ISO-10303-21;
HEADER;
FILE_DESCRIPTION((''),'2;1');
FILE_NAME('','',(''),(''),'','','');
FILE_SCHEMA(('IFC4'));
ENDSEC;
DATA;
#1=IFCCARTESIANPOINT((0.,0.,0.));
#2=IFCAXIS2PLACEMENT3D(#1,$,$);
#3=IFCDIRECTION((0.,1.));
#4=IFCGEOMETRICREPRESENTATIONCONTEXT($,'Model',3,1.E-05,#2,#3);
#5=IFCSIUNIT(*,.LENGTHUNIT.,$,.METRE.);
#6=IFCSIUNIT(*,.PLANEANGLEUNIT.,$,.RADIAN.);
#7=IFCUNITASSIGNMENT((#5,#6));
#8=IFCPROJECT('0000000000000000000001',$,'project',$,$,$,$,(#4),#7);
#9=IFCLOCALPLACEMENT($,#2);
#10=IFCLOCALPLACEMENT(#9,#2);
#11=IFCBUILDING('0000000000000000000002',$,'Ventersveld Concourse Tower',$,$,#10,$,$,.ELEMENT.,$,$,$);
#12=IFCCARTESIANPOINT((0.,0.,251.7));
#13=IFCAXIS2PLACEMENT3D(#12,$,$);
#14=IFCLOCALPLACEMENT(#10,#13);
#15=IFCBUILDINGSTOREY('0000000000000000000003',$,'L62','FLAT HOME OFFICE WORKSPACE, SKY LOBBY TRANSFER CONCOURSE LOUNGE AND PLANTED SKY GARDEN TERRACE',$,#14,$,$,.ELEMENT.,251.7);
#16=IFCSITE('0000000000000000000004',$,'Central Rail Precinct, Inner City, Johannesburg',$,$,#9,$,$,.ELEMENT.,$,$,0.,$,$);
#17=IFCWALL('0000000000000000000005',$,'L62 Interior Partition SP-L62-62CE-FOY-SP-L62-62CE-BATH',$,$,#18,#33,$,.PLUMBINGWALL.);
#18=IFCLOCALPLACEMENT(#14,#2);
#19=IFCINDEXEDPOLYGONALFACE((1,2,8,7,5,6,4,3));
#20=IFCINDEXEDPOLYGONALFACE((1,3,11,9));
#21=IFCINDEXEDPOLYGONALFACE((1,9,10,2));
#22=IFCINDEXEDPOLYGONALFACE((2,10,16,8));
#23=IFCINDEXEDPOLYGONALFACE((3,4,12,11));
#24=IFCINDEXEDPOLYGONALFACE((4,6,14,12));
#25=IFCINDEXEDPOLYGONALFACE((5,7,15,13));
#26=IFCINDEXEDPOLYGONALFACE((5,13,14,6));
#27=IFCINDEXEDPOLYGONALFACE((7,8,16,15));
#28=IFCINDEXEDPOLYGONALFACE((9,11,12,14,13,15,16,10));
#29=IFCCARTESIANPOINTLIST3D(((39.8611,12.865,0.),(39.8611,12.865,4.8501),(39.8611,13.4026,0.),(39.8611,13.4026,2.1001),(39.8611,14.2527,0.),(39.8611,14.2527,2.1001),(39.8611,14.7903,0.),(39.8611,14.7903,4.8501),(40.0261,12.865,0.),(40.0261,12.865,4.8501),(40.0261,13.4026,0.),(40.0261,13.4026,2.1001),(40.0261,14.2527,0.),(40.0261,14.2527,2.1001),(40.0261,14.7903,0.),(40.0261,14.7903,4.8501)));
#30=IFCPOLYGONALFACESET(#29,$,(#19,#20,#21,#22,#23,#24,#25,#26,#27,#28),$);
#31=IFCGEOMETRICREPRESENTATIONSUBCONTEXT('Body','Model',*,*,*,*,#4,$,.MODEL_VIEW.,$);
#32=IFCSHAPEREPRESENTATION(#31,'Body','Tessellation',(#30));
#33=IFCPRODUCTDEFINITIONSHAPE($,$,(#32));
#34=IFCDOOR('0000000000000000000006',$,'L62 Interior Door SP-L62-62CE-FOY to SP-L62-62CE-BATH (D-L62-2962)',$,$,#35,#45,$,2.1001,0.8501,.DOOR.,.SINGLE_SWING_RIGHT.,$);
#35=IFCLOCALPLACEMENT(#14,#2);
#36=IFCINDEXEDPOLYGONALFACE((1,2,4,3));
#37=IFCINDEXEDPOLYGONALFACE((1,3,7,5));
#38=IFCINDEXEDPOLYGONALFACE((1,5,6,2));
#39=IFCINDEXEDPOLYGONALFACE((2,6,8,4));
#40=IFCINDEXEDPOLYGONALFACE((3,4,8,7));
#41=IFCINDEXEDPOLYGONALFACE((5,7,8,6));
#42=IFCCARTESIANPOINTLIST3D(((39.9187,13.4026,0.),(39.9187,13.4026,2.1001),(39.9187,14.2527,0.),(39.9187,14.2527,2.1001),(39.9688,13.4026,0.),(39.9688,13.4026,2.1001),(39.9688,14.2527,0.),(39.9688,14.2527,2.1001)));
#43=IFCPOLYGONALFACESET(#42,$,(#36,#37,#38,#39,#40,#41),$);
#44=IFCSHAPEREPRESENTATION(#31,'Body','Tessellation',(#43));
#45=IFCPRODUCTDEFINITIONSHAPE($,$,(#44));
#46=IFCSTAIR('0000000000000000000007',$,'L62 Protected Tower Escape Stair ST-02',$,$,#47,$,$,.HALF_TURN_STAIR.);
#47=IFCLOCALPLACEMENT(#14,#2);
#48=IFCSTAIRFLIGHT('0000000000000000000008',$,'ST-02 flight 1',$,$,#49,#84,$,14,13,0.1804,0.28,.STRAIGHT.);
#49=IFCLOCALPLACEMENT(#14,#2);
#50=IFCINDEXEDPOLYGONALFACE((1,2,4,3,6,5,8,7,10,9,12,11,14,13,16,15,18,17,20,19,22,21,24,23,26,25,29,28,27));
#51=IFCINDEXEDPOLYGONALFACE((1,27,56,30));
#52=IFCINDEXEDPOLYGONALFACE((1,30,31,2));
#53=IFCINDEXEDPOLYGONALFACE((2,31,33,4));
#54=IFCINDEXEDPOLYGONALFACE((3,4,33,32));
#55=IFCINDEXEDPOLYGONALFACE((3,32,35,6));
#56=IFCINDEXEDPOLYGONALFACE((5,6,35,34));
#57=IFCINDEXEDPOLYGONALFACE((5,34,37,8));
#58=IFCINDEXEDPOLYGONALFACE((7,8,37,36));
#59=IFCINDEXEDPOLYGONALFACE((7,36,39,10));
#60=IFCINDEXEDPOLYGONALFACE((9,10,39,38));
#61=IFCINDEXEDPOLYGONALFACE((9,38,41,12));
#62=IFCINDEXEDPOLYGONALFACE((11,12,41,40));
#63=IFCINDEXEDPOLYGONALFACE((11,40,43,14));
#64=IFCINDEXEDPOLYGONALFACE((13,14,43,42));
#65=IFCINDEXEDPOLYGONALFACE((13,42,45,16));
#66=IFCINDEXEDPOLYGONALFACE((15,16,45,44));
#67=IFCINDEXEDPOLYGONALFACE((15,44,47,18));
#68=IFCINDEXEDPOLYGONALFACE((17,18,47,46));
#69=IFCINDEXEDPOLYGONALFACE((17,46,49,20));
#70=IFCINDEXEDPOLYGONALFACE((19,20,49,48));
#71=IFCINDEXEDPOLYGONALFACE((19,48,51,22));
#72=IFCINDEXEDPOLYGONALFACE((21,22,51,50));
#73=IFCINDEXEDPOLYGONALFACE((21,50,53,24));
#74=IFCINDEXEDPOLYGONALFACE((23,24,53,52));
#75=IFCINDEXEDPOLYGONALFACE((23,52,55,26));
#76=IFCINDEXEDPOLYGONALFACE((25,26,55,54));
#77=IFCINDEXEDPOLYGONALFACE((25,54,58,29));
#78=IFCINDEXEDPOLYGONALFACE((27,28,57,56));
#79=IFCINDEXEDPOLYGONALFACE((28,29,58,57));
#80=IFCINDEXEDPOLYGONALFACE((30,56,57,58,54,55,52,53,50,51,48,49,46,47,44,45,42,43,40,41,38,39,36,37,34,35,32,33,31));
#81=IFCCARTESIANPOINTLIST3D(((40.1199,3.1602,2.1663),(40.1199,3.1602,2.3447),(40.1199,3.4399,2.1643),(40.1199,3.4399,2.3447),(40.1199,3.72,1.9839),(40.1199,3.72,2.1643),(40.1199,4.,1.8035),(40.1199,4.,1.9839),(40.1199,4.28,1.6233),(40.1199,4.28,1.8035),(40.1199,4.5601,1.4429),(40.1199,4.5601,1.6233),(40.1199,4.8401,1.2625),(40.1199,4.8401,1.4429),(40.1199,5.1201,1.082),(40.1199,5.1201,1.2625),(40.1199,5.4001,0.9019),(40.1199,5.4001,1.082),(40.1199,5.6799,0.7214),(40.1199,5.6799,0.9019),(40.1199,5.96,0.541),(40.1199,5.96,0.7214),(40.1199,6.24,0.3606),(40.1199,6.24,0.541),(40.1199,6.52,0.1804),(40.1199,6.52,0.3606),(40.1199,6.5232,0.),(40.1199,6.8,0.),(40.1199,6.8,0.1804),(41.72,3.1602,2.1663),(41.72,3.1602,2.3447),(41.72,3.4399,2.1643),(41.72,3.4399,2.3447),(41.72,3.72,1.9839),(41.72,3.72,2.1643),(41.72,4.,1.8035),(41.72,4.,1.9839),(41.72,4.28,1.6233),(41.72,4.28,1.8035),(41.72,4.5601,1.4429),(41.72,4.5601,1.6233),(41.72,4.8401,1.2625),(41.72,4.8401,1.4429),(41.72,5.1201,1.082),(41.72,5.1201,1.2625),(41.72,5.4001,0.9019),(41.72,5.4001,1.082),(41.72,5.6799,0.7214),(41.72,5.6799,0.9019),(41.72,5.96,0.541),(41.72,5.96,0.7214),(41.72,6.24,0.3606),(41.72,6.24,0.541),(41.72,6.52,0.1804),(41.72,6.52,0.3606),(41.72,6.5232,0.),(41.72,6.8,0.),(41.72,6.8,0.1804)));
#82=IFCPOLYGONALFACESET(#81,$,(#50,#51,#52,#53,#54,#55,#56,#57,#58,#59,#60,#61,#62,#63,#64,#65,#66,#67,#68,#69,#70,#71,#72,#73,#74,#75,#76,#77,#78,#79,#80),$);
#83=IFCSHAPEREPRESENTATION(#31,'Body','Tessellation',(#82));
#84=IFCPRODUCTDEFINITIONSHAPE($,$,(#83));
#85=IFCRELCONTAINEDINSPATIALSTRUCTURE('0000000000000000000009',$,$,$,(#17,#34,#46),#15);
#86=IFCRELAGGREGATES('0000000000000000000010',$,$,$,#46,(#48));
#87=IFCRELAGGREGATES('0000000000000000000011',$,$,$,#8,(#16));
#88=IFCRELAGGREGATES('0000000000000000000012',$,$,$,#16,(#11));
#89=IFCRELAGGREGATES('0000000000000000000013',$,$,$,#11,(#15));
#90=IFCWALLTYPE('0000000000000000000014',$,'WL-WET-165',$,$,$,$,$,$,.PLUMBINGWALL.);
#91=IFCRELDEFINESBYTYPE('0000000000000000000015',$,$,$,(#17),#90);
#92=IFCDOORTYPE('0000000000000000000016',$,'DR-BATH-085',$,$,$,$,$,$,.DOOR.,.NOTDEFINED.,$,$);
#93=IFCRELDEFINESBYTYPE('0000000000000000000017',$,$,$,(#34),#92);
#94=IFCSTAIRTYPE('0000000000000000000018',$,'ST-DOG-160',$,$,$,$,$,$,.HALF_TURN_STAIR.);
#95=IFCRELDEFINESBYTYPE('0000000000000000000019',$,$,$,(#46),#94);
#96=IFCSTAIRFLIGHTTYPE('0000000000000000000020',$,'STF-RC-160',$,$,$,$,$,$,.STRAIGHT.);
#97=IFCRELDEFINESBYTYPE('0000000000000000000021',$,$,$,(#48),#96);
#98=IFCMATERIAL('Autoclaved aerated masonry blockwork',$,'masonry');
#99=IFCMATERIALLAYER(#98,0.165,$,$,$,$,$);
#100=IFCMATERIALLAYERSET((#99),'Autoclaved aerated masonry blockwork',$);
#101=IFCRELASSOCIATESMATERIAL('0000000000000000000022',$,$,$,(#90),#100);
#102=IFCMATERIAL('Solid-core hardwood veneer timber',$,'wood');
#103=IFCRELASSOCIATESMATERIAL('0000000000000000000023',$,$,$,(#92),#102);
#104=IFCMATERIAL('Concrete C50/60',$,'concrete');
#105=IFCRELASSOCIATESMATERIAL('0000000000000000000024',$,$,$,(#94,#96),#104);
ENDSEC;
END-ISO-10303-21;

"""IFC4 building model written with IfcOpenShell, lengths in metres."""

from ifc_helpers import new_model, si_unit, direction, frame, frame_2d, origin, place, context, subcontext, project, spatial, polyline, rectangle, outline, extrude, material, layer, layer_set, type_object, element, fill, aggregate, save


model = new_model("IFC4")

# Units and contexts
model_context = context("Model", 3, precision=1e-05, world=origin(), true_north=direction((0.0, 1.0)))
body_context = subcontext(model_context, "Body", "Model", "MODEL_VIEW")
ifc_project = project(units=[si_unit("LENGTHUNIT", "METRE"), si_unit("PLANEANGLEUNIT", "RADIAN")], contexts=[model_context])

# Site, building, storey
site_placement = place(None, origin())
site = spatial("IfcSite", under=ifc_project, at=site_placement, Name="Central Rail Precinct, Inner City, Johannesburg", CompositionType="ELEMENT", RefElevation=0.0)
building_placement = place(site_placement, origin())
building = spatial("IfcBuilding", under=site, at=building_placement, Name="Ventersveld Concourse Tower", CompositionType="ELEMENT")
storey_placement = place(building_placement, frame((0.0, 0.0, 251.7)))
storey = spatial("IfcBuildingStorey", under=building, at=storey_placement, Name="L62", Description="FLAT HOME OFFICE WORKSPACE, SKY LOBBY TRANSFER CONCOURSE LOUNGE AND PLANTED SKY GARDEN TERRACE", CompositionType="ELEMENT", Elevation=251.7)

# Shared definitions
ifc_material_1 = material(Name="Concrete C50/60", Category="concrete")

# Shared definitions
ifc_material_2 = material(Name="Solid-core hardwood veneer timber", Category="wood")

# Shared definitions
ifc_material_3 = material(Name="Autoclaved aerated masonry blockwork", Category="masonry")

# Wall, opening, door
ifc_layer_1 = layer(ifc_material_3, 0.165)
ifc_layer_set_1 = layer_set([ifc_layer_1], Name="Autoclaved aerated masonry blockwork")
wall_type_1 = type_object("IfcWallType", Name="WL-WET-165", PredefinedType="PLUMBINGWALL", material=ifc_layer_set_1)
wall_1_placement = place(storey_placement, frame((39.9436, 12.865, 0.0), z_axis=(0.0, 0.0, 1.0), x_axis=(0.0, 1.0, 0.0)))
wall_1 = element("IfcWall", 1, at=wall_1_placement, inside=storey, type_object=wall_type_1, Name="L62 Interior Partition SP-L62-62CE-FOY-SP-L62-62CE-BATH", PredefinedType="PLUMBINGWALL", context=body_context, shape_type="SweptSolid", body=[
    extrude(rectangle(XDim=1.9253, YDim=0.165, at=frame_2d((0.9626, 0.0))), origin(), (0.0, 0.0, 1.0), 4.8501),
])
opening_1_placement = place(wall_1_placement, frame((0.5376, 0.0, 0.0)))
opening_1 = element("IfcOpeningElement", 2, at=opening_1_placement, cuts=wall_1, PredefinedType="OPENING", context=body_context, shape_type="SweptSolid", body=[
    extrude(rectangle(XDim=0.8501, YDim=2.1001, at=frame_2d((0.425, 1.05))), frame((0.0, 0.0925, 0.0), z_axis=(0.0, -1.0, 0.0), x_axis=(1.0, 0.0, 0.0)), (0.0, 0.0, 1.0), 0.1851),
])
door_type_1 = type_object("IfcDoorType", Name="DR-BATH-085", OperationType="NOTDEFINED", PredefinedType="DOOR", material=ifc_material_2)
door_1_placement = place(opening_1_placement, origin())
door_1 = element("IfcDoor", 3, at=door_1_placement, inside=storey, type_object=door_type_1, Name="L62 Interior Door SP-L62-62CE-FOY to SP-L62-62CE-BATH (D-L62-2962)", OperationType="SINGLE_SWING_RIGHT", OverallHeight=2.1001, OverallWidth=0.8501, PredefinedType="DOOR", context=body_context, shape_type="SweptSolid", body=[
    extrude(rectangle(XDim=0.8501, YDim=2.1001, at=frame_2d((0.425, 1.05))), frame((0.0, 0.0249, 0.0), z_axis=(0.0, -1.0, 0.0), x_axis=(1.0, 0.0, 0.0)), (0.0, 0.0, 1.0), 0.05),
])
fill(opening_1, door_1)

# Stair, stair flight
stair_type = type_object("IfcStairType", Name="ST-DOG-160", PredefinedType="HALF_TURN_STAIR", material=ifc_material_1)
stair_placement = place(storey_placement, origin())
stair = element("IfcStair", 4, at=stair_placement, inside=storey, type_object=stair_type, Name="L62 Protected Tower Escape Stair ST-02", PredefinedType="HALF_TURN_STAIR")
stair_flight_type = type_object("IfcStairFlightType", Name="STF-RC-160", PredefinedType="STRAIGHT", material=ifc_material_1)
stair_flight_placement = place(storey_placement, frame((40.9199, 6.8, 0.0), z_axis=(0.0, 0.0, 1.0), x_axis=(0.0, -1.0, 0.0)))
stair_flight = element("IfcStairFlight", 5, at=stair_flight_placement, type_object=stair_flight_type, Name="ST-02 flight 1", NumberOfRisers=14, NumberOfTreads=13, PredefinedType="STRAIGHT", RiserHeight=0.1804, TreadLength=0.28, context=body_context, shape_type="SweptSolid", body=[
    extrude(outline(polyline([(0.0, 0.0), (0.0, 0.1804), (0.28, 0.1804), (0.28, 0.3606), (0.5601, 0.3606), (0.5601, 0.541), (0.8401, 0.541), (0.8401, 0.7214), (1.1201, 0.7214), (1.1201, 0.9019), (1.3999, 0.9019), (1.3999, 1.082), (1.6799, 1.082), (1.6799, 1.2625), (1.96, 1.2625), (1.96, 1.4429), (2.24, 1.4429), (2.24, 1.6233), (2.52, 1.6233), (2.52, 1.8035), (2.8, 1.8035), (2.8, 1.9839), (3.0801, 1.9839), (3.0801, 2.1643), (3.3601, 2.1643), (3.3601, 2.3447), (3.6399, 2.3447), (3.6399, 2.5249), (3.6399, 2.1663), (0.2769, 0.0), (0.0, 0.0)])), frame((0.0, 0.8, 0.0), z_axis=(0.0, -1.0, 0.0), x_axis=(1.0, 0.0, 0.0)), (0.0, 0.0, 1.0), 1.6001),
])
aggregate(stair, [stair_flight])

save(model, "model.ifc")
